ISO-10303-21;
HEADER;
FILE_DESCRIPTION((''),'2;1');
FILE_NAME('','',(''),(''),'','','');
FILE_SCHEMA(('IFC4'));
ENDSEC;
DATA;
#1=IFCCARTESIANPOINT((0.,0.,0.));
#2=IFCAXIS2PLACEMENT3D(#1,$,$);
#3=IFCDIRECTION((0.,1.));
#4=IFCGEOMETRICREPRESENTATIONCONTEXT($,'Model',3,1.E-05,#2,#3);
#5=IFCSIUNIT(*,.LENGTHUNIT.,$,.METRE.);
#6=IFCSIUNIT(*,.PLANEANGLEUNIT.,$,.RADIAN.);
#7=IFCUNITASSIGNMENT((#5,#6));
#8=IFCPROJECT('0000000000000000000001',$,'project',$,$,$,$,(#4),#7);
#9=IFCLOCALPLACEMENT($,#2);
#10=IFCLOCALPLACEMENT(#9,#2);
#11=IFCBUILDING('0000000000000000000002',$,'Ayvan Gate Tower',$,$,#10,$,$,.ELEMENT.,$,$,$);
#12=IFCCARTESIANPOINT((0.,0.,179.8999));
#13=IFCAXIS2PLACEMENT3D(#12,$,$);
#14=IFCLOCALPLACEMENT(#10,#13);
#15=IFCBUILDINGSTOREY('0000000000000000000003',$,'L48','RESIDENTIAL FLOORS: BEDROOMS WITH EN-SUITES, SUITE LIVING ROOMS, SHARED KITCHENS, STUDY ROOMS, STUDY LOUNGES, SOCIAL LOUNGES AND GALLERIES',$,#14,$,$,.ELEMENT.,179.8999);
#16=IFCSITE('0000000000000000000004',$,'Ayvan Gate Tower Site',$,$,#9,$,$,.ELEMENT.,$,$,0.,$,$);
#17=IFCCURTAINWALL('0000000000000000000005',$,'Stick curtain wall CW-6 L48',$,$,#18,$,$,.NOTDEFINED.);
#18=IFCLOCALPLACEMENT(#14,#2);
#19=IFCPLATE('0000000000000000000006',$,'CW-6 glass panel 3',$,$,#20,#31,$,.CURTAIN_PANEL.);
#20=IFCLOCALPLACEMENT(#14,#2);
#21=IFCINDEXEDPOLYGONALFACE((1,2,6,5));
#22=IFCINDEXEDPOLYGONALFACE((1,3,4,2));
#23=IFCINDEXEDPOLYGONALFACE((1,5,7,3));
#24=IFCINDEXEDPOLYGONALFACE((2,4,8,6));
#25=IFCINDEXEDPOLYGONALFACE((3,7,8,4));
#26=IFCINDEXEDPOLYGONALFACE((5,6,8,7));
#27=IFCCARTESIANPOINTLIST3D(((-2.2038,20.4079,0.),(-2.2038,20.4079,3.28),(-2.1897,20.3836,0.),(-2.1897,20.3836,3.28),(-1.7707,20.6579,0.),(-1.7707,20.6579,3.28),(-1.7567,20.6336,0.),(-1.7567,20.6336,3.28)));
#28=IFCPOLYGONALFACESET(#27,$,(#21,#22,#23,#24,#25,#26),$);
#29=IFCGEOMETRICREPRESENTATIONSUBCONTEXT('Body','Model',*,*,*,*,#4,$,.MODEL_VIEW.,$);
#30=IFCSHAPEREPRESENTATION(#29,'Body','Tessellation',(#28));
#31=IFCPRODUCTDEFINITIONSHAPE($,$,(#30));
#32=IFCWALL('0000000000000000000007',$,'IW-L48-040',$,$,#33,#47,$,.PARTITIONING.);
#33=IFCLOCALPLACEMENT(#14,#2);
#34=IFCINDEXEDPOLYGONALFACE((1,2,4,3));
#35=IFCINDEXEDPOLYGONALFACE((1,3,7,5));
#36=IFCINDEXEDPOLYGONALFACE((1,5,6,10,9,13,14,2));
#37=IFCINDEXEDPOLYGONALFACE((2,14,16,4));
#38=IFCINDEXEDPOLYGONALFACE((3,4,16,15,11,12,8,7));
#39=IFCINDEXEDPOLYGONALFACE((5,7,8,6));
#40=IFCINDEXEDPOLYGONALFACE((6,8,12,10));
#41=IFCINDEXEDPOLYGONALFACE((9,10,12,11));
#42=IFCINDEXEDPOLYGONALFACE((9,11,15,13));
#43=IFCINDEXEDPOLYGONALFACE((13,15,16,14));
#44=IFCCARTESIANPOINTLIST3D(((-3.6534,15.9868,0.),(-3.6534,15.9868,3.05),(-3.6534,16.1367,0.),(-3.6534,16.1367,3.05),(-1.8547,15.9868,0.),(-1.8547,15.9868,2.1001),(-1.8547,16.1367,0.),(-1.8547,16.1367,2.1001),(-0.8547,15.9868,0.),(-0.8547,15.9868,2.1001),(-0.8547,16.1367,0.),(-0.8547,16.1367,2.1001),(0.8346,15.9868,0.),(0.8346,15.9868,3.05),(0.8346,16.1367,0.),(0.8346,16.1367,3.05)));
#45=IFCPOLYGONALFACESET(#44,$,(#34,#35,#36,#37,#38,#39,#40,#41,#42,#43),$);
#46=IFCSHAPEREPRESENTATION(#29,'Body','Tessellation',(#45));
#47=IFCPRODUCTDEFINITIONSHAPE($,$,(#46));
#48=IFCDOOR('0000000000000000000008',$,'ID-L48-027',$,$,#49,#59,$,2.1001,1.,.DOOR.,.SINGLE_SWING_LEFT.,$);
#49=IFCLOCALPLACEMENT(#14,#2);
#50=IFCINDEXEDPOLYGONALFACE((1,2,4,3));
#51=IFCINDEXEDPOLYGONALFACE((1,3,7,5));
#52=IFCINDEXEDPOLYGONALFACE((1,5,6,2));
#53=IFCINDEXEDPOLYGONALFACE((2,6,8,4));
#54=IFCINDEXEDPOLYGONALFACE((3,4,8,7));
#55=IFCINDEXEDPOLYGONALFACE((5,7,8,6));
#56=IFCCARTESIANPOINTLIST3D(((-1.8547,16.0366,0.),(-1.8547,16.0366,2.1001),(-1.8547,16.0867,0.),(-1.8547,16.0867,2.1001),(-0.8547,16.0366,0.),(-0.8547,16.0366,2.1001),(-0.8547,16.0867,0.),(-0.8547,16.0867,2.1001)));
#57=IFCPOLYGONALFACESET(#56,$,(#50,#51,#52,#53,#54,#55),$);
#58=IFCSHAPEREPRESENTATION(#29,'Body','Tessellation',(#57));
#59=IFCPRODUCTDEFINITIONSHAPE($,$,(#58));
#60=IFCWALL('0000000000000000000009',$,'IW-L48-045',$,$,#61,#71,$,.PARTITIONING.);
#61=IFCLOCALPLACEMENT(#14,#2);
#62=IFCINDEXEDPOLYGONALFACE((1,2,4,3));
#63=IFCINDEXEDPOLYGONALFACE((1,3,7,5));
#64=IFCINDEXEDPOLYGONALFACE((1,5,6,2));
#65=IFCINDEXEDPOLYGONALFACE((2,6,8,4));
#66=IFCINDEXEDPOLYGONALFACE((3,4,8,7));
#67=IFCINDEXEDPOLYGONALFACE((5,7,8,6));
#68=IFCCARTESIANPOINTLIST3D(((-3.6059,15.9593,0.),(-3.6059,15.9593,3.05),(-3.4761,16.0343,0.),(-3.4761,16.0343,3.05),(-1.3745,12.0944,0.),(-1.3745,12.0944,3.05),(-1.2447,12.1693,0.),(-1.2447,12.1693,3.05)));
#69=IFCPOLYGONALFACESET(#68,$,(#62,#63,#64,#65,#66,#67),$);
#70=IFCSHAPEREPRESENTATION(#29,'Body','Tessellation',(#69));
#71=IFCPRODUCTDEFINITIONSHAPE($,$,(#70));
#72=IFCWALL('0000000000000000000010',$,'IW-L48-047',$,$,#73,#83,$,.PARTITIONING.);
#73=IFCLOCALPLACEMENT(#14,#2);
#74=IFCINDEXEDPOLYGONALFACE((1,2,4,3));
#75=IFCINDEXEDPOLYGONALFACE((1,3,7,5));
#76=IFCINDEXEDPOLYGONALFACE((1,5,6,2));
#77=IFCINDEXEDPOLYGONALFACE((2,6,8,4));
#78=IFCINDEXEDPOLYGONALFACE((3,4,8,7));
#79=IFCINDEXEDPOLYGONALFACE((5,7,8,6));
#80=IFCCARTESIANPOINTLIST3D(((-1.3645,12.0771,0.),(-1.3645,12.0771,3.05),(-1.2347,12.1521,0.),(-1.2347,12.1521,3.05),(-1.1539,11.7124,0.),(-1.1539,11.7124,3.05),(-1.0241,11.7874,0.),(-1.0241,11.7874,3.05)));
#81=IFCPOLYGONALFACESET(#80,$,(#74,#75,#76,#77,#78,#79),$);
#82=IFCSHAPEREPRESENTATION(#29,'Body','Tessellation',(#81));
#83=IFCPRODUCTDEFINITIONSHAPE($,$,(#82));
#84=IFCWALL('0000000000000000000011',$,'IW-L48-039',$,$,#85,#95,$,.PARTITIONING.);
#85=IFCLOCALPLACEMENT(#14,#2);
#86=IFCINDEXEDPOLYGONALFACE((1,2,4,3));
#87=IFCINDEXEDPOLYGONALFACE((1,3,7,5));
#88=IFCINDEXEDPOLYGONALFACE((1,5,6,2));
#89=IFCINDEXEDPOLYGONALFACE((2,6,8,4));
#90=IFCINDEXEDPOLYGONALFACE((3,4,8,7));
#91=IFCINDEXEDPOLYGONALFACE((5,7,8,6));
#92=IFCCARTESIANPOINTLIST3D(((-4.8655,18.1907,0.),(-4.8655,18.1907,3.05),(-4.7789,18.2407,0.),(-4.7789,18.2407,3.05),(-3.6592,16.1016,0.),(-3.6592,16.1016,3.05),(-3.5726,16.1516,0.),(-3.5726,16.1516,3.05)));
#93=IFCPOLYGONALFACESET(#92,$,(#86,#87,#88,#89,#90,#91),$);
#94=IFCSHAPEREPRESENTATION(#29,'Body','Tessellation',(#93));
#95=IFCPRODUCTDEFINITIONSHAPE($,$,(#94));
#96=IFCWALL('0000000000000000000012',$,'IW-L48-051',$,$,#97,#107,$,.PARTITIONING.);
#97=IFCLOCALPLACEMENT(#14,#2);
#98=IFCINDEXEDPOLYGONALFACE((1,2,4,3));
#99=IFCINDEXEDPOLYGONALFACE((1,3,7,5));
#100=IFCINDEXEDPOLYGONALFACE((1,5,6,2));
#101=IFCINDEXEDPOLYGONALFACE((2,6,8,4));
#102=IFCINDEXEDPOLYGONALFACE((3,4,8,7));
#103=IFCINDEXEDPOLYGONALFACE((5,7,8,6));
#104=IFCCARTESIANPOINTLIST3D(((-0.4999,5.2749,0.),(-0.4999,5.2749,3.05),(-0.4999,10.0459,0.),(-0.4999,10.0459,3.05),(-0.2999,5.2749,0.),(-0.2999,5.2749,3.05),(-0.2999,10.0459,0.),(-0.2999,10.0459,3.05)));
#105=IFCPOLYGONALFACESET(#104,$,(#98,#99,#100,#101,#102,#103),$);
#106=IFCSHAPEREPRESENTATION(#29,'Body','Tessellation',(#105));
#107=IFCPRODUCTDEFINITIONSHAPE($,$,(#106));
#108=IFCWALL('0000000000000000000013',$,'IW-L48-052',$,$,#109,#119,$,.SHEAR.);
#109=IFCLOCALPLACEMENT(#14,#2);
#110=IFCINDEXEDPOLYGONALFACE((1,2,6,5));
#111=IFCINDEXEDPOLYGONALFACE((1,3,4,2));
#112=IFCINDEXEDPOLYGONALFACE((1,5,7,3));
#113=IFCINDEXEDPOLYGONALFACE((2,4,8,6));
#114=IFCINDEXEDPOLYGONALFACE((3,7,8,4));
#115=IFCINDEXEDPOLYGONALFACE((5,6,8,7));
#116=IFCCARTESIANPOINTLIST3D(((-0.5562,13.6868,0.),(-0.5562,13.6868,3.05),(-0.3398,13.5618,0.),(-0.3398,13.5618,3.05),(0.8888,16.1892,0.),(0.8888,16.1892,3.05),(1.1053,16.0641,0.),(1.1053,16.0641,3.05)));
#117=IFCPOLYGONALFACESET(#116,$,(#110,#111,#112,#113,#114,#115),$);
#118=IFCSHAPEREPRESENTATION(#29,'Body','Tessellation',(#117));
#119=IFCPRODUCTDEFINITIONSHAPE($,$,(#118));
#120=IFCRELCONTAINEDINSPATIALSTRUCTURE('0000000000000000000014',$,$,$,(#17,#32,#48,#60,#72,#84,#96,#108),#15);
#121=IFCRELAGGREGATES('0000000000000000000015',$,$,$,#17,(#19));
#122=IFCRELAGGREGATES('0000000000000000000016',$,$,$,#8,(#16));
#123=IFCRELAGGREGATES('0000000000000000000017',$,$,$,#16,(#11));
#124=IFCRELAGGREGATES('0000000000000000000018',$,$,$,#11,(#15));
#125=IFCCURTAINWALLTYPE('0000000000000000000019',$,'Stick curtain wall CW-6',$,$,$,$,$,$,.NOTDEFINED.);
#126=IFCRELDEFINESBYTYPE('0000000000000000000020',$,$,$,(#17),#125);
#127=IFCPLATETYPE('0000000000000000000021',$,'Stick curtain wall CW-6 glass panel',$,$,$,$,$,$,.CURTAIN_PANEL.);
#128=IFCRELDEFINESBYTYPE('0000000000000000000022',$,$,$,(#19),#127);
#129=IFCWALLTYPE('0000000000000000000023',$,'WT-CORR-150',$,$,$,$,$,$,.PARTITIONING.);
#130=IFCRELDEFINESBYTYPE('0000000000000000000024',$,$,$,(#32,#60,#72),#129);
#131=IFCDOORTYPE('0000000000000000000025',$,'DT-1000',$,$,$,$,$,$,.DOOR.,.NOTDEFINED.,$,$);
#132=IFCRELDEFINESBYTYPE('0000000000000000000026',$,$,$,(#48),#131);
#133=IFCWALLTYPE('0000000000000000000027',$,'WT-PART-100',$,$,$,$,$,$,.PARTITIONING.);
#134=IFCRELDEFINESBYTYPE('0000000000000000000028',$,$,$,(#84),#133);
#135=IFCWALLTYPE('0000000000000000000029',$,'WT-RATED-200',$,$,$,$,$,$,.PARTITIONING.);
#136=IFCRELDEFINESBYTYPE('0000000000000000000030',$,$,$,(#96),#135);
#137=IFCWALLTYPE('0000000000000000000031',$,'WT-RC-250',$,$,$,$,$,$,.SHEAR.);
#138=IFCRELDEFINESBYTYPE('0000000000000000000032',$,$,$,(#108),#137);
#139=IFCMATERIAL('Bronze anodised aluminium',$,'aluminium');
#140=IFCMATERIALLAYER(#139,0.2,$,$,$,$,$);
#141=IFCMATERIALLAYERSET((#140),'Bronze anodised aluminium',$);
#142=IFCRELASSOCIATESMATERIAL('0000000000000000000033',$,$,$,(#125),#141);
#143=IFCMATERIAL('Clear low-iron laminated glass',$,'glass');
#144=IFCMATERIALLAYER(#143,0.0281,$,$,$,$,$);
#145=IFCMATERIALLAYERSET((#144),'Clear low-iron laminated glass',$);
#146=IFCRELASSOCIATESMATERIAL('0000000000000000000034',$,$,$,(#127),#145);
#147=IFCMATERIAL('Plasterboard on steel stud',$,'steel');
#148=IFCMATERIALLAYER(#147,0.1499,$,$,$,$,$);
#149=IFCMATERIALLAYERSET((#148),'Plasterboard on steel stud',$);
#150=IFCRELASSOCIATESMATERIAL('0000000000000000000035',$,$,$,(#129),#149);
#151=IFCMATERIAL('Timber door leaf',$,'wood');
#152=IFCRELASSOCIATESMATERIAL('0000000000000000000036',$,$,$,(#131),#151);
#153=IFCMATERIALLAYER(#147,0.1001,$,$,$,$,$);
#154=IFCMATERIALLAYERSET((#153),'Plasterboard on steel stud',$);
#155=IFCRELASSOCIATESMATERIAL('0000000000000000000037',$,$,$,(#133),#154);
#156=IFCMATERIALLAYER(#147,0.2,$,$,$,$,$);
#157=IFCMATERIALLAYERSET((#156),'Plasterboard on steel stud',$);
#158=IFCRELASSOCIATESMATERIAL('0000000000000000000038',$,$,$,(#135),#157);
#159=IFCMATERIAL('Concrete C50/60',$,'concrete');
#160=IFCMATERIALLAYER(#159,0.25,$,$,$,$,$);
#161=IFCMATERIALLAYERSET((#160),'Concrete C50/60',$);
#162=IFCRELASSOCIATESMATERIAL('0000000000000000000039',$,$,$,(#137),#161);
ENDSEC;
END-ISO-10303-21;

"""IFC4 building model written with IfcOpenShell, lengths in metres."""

from ifc_helpers import new_model, si_unit, direction, frame, frame_2d, origin, origin_2d, place, context, subcontext, project, spatial, rectangle, extrude, material, layer, layer_set, type_object, element, fill, aggregate, save


model = new_model("IFC4")

# Units and contexts
model_context = context("Model", 3, precision=1e-05, world=origin(), true_north=direction((0.0, 1.0)))
body_context = subcontext(model_context, "Body", "Model", "MODEL_VIEW")
ifc_project = project(units=[si_unit("LENGTHUNIT", "METRE"), si_unit("PLANEANGLEUNIT", "RADIAN")], contexts=[model_context])

# Site, building, storey
site_placement = place(None, origin())
site = spatial("IfcSite", under=ifc_project, at=site_placement, Name="Ayvan Gate Tower Site", CompositionType="ELEMENT", RefElevation=0.0)
building_placement = place(site_placement, origin())
building = spatial("IfcBuilding", under=site, at=building_placement, Name="Ayvan Gate Tower", CompositionType="ELEMENT")
storey_placement = place(building_placement, frame((0.0, 0.0, 179.8999)))
storey = spatial("IfcBuildingStorey", under=building, at=storey_placement, Name="L48", Description="RESIDENTIAL FLOORS: BEDROOMS WITH EN-SUITES, SUITE LIVING ROOMS, SHARED KITCHENS, STUDY ROOMS, STUDY LOUNGES, SOCIAL LOUNGES AND GALLERIES", CompositionType="ELEMENT", Elevation=179.8999)

# Curtain wall
ifc_material_1 = material(Name="Bronze anodised aluminium", Category="aluminium")
ifc_layer_1 = layer(ifc_material_1, 0.2)
ifc_layer_set_1 = layer_set([ifc_layer_1], Name="Bronze anodised aluminium")
curtain_wall_type_1 = type_object("IfcCurtainWallType", Name="Stick curtain wall CW-6", PredefinedType="NOTDEFINED", material=ifc_layer_set_1)
curtain_wall_1_placement = place(storey_placement, origin())
curtain_wall_1 = element("IfcCurtainWall", 1, at=curtain_wall_1_placement, inside=storey, type_object=curtain_wall_type_1, Name="Stick curtain wall CW-6 L48", PredefinedType="NOTDEFINED")

# Plate
ifc_material_2 = material(Name="Clear low-iron laminated glass", Category="glass")
ifc_layer_2 = layer(ifc_material_2, 0.0281)
ifc_layer_set_2 = layer_set([ifc_layer_2], Name="Clear low-iron laminated glass")
plate_type_1 = type_object("IfcPlateType", Name="Stick curtain wall CW-6 glass panel", PredefinedType="CURTAIN_PANEL", material=ifc_layer_set_2)
plate_1_placement = place(storey_placement, frame((-1.9802, 20.5208, 0.0), z_axis=(0.0, 0.0, 1.0), x_axis=(-0.866025, -0.5, 0.0)))
plate_1 = element("IfcPlate", 2, at=plate_1_placement, type_object=plate_type_1, Name="CW-6 glass panel 3", PredefinedType="CURTAIN_PANEL", context=body_context, shape_type="SweptSolid", body=[
    extrude(rectangle(XDim=0.5, YDim=0.0281, at=origin_2d()), origin(), (0.0, 0.0, 1.0), 3.28),
])
aggregate(curtain_wall_1, [plate_1])

# Wall, opening, door
ifc_material_3 = material(Name="Plasterboard on steel stud", Category="steel")
ifc_layer_3 = layer(ifc_material_3, 0.1499)
ifc_layer_set_3 = layer_set([ifc_layer_3], Name="Plasterboard on steel stud")
wall_type_1 = type_object("IfcWallType", Name="WT-CORR-150", PredefinedType="PARTITIONING", material=ifc_layer_set_3)
wall_1_placement = place(storey_placement, frame((-3.6536, 16.0618, 0.0), z_axis=(0.0, 0.0, 1.0), x_axis=(1.0, 0.0, 0.0)))
wall_1 = element("IfcWall", 3, at=wall_1_placement, inside=storey, type_object=wall_type_1, Name="IW-L48-040", PredefinedType="PARTITIONING", context=body_context, shape_type="SweptSolid", body=[
    extrude(rectangle(XDim=4.488, YDim=0.1499, at=frame_2d((2.2441, 0.0))), origin(), (0.0, 0.0, 1.0), 3.05),
])
opening_placement = place(wall_1_placement, frame((1.7988, 0.0, 0.0)))
opening = element("IfcOpeningElement", 4, at=opening_placement, cuts=wall_1, PredefinedType="OPENING", context=body_context, shape_type="SweptSolid", body=[
    extrude(rectangle(XDim=1.0, YDim=2.1001, at=frame_2d((0.5, 1.05))), frame((0.0, 0.085, 0.0), z_axis=(0.0, -1.0, 0.0), x_axis=(1.0, 0.0, 0.0)), (0.0, 0.0, 1.0), 0.1699),
])
ifc_material_4 = material(Name="Timber door leaf", Category="wood")
door_type = type_object("IfcDoorType", Name="DT-1000", OperationType="NOTDEFINED", PredefinedType="DOOR", material=ifc_material_4)
door_placement = place(opening_placement, origin())
door = element("IfcDoor", 5, at=door_placement, inside=storey, type_object=door_type, Name="ID-L48-027", OperationType="SINGLE_SWING_LEFT", OverallHeight=2.1001, OverallWidth=1.0, PredefinedType="DOOR", context=body_context, shape_type="SweptSolid", body=[
    extrude(rectangle(XDim=1.0, YDim=2.1001, at=frame_2d((0.5, 1.05))), frame((0.0, 0.0249, 0.0), z_axis=(0.0, -1.0, 0.0), x_axis=(1.0, 0.0, 0.0)), (0.0, 0.0, 1.0), 0.05),
])
fill(opening, door)

# Walls
wall_2_placement = place(storey_placement, frame((-1.3096, 12.1318, 0.0), z_axis=(0.0, 0.0, 1.0), x_axis=(-0.499999, 0.866026, 0.0)))
element("IfcWall", 6, at=wall_2_placement, inside=storey, type_object=wall_type_1, Name="IW-L48-045", PredefinedType="PARTITIONING", context=body_context, shape_type="SweptSolid", body=[
    extrude(rectangle(XDim=4.4629, YDim=0.1499, at=frame_2d((2.2314, 0.0))), origin(), (0.0, 0.0, 1.0), 3.05),
])
wall_3_placement = place(storey_placement, frame((-1.2996, 12.1145, 0.0), z_axis=(0.0, 0.0, 1.0), x_axis=(0.500191, -0.865915, 0.0)))
element("IfcWall", 7, at=wall_3_placement, inside=storey, type_object=wall_type_1, Name="IW-L48-047", PredefinedType="PARTITIONING", context=body_context, shape_type="SweptSolid", body=[
    extrude(rectangle(XDim=0.4211, YDim=0.1499, at=frame_2d((0.2104, 0.0))), origin(), (0.0, 0.0, 1.0), 3.05),
])
ifc_layer_4 = layer(ifc_material_3, 0.1001)
ifc_layer_set_4 = layer_set([ifc_layer_4], Name="Plasterboard on steel stud")
wall_type_2 = type_object("IfcWallType", Name="WT-PART-100", PredefinedType="PARTITIONING", material=ifc_layer_set_4)
wall_4_placement = place(storey_placement, frame((-3.616, 16.1267, 0.0), z_axis=(0.0, 0.0, 1.0), x_axis=(-0.500047, 0.865999, 0.0)))
element("IfcWall", 8, at=wall_4_placement, inside=storey, type_object=wall_type_2, Name="IW-L48-039", PredefinedType="PARTITIONING", context=body_context, shape_type="SweptSolid", body=[
    extrude(rectangle(XDim=2.4124, YDim=0.1001, at=frame_2d((1.2061, 0.0))), origin(), (0.0, 0.0, 1.0), 3.05),
])
ifc_layer_5 = layer(ifc_material_3, 0.2)
ifc_layer_set_5 = layer_set([ifc_layer_5], Name="Plasterboard on steel stud")
wall_type_3 = type_object("IfcWallType", Name="WT-RATED-200", PredefinedType="PARTITIONING", material=ifc_layer_set_5)
wall_5_placement = place(storey_placement, frame((-0.3999, 10.0459, 0.0), z_axis=(0.0, 0.0, 1.0), x_axis=(0.0, -1.0, 0.0)))
element("IfcWall", 9, at=wall_5_placement, inside=storey, type_object=wall_type_3, Name="IW-L48-051", PredefinedType="PARTITIONING", context=body_context, shape_type="SweptSolid", body=[
    extrude(rectangle(XDim=4.771, YDim=0.2, at=frame_2d((2.3855, 0.0))), origin(), (0.0, 0.0, 1.0), 3.05),
])
ifc_material_5 = material(Name="Concrete C50/60", Category="concrete")
ifc_layer_6 = layer(ifc_material_5, 0.25)
ifc_layer_set_6 = layer_set([ifc_layer_6], Name="Concrete C50/60")
wall_type_4 = type_object("IfcWallType", Name="WT-RC-250", PredefinedType="SHEAR", material=ifc_layer_set_6)
wall_6_placement = place(storey_placement, frame((-0.448, 13.6243, 0.0), z_axis=(0.0, 0.0, 1.0), x_axis=(0.500073, 0.865983, 0.0)))
element("IfcWall", 10, at=wall_6_placement, inside=storey, type_object=wall_type_4, Name="IW-L48-052", PredefinedType="SHEAR", context=body_context, shape_type="SweptSolid", body=[
    extrude(rectangle(XDim=2.8896, YDim=0.25, at=frame_2d((1.4448, 0.0))), origin(), (0.0, 0.0, 1.0), 3.05),
])

save(model, "model.ifc")
